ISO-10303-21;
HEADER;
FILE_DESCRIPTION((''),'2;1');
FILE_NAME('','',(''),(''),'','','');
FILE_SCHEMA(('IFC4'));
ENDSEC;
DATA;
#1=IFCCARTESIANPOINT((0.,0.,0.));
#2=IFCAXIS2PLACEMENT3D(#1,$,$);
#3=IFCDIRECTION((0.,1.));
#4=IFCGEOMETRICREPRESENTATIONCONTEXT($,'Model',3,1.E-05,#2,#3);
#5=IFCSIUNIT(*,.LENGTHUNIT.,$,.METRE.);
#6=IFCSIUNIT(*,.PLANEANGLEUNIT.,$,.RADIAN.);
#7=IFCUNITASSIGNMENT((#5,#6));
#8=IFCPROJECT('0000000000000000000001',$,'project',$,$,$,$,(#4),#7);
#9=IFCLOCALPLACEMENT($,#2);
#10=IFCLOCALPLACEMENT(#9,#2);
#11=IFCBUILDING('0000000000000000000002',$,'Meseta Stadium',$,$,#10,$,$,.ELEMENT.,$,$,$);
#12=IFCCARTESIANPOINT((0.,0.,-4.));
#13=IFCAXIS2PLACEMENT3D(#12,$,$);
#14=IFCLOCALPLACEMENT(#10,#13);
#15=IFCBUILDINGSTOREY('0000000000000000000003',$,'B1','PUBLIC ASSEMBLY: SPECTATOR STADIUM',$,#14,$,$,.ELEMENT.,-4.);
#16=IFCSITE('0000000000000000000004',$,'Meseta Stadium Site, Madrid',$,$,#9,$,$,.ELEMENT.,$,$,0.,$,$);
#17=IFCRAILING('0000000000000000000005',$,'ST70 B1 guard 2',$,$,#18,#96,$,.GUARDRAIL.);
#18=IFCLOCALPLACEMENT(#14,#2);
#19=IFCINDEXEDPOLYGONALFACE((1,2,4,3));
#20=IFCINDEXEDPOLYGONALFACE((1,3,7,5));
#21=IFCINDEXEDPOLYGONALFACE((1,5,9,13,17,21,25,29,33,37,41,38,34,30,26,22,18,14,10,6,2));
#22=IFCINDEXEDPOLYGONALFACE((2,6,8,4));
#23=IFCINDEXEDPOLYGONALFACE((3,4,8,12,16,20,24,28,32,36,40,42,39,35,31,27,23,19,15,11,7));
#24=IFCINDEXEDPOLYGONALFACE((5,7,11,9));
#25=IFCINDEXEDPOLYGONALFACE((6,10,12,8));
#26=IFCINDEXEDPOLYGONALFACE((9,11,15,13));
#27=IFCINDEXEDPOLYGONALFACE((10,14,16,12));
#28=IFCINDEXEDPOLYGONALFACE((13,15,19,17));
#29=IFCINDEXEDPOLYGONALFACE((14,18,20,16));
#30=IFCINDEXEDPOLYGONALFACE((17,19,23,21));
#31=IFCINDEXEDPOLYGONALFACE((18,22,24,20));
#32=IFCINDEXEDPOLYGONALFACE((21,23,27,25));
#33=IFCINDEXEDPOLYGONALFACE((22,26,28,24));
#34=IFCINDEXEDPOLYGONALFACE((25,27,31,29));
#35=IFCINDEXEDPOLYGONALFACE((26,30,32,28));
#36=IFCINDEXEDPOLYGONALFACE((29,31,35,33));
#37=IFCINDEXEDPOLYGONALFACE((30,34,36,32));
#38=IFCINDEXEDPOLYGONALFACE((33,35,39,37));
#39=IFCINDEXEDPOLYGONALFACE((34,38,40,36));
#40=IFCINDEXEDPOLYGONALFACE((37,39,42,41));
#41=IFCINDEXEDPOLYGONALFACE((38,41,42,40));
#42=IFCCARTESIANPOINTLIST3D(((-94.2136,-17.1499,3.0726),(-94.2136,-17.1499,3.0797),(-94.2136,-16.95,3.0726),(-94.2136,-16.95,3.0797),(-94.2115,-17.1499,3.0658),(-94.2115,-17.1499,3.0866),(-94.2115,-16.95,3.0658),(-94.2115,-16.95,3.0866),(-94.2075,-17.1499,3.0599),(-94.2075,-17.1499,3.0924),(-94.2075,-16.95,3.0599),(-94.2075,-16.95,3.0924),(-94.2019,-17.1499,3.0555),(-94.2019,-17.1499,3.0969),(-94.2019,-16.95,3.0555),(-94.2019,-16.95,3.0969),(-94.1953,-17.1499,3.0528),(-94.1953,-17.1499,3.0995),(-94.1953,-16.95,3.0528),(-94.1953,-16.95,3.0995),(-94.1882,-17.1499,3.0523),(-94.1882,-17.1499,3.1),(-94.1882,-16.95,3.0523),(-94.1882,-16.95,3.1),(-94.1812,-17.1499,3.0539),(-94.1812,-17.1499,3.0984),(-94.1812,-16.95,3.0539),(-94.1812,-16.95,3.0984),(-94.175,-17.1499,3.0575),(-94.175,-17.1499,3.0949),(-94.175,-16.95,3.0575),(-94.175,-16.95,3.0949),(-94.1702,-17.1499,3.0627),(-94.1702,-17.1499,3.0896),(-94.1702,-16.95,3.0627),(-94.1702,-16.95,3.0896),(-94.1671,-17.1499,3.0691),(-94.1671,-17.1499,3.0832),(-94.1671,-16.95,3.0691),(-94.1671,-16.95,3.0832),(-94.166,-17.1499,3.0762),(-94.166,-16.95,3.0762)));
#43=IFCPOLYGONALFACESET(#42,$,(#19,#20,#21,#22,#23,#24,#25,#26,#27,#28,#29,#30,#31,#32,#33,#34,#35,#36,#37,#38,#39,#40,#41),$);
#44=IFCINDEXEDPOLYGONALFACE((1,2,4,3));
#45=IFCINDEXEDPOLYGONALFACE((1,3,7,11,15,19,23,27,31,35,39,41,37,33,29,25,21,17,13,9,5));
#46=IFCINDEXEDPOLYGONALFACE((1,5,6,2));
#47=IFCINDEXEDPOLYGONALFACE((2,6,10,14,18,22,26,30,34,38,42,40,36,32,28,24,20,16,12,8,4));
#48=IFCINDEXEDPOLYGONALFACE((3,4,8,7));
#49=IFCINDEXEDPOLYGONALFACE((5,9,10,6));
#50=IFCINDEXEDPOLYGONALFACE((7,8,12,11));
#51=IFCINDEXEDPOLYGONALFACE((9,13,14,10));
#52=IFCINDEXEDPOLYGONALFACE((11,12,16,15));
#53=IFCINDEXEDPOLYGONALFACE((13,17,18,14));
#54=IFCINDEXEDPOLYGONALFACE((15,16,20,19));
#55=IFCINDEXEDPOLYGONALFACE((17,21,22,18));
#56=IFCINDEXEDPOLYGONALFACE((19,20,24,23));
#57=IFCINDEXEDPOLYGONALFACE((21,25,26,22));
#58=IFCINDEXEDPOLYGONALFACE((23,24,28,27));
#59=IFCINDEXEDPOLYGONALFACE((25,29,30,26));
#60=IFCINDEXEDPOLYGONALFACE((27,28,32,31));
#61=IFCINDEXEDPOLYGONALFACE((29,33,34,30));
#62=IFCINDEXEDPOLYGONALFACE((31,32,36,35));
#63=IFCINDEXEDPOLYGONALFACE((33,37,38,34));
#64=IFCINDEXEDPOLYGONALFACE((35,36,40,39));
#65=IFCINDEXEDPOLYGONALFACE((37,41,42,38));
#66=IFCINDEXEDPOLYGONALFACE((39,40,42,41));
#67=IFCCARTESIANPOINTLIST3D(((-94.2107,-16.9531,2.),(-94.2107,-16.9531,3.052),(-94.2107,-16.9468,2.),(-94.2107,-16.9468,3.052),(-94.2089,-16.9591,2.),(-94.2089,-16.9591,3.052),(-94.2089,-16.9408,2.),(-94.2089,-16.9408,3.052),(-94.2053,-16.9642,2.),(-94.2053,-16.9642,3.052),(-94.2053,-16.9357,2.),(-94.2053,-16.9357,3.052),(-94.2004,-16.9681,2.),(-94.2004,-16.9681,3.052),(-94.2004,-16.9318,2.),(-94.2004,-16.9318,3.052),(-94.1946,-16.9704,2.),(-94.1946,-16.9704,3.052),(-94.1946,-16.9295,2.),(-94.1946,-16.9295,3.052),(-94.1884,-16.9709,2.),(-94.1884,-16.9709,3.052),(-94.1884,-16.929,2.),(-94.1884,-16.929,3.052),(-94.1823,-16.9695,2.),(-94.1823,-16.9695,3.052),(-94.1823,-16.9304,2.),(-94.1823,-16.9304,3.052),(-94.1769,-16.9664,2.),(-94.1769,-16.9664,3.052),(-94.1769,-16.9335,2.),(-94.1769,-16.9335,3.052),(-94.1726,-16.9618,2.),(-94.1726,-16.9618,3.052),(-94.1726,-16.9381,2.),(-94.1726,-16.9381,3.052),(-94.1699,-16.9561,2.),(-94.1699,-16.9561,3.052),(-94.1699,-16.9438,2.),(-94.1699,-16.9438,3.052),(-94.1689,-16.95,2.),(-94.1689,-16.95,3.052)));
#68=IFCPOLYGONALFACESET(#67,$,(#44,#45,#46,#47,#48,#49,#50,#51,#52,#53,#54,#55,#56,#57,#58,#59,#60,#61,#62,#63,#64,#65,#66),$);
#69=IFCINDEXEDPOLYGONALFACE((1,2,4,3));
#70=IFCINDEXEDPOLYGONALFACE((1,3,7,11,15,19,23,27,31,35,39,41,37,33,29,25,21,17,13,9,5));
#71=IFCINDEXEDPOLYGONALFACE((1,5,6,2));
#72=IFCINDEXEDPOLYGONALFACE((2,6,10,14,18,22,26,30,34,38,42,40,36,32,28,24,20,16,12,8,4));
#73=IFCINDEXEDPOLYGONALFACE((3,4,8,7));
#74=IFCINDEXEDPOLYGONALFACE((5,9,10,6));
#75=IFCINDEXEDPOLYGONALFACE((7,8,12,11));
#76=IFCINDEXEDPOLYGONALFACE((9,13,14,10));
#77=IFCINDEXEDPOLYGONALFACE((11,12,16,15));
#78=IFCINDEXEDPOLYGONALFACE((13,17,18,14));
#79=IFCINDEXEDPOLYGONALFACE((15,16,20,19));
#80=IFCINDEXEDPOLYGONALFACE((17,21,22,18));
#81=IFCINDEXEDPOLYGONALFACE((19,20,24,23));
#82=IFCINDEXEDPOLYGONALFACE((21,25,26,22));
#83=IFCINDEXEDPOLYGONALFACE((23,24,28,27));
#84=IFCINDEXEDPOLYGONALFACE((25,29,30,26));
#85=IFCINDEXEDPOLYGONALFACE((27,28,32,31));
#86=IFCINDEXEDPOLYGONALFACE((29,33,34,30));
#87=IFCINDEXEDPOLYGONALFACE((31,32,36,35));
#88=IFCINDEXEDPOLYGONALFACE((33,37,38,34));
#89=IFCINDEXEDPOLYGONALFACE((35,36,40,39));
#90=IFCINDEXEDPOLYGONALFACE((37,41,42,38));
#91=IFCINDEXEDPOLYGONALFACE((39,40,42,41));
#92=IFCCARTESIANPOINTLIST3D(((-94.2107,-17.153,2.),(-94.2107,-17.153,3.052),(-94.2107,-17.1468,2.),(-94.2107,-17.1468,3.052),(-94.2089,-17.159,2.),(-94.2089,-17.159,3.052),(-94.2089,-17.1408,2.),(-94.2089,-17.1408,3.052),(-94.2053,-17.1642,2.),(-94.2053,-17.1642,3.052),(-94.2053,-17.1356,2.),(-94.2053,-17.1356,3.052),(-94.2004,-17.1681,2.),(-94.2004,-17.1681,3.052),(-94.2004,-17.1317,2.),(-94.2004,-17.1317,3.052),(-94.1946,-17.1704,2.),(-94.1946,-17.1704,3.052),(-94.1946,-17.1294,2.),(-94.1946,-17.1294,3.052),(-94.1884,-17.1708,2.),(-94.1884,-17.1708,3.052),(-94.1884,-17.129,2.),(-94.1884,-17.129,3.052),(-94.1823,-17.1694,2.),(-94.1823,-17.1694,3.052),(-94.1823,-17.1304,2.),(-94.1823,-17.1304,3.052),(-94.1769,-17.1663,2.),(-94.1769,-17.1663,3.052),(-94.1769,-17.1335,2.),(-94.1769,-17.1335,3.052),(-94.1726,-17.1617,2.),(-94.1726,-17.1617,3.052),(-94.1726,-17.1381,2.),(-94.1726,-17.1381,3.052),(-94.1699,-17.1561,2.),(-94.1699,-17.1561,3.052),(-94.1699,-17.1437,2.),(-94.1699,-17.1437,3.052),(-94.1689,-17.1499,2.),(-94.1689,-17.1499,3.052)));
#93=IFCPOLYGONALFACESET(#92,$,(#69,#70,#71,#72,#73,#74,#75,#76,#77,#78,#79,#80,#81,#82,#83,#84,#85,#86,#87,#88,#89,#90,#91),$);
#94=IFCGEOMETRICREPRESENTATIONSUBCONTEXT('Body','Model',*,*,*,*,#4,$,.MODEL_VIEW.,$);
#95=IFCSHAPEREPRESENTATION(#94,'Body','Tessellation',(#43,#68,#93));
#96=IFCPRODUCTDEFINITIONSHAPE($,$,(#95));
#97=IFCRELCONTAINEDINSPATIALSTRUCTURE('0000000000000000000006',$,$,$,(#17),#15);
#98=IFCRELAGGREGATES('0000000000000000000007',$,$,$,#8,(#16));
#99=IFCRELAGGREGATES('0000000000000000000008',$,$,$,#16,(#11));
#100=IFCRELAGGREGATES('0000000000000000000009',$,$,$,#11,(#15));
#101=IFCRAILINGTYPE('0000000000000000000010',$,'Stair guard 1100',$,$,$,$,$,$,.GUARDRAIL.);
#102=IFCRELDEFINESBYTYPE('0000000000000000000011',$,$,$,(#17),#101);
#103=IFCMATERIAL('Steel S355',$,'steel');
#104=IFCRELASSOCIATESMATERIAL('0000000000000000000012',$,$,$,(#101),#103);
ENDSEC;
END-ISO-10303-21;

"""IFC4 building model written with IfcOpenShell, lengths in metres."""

from ifc_helpers import new_model, si_unit, direction, frame, origin, origin_2d, place, context, subcontext, project, spatial, circle, extrude, material, type_object, element, save


model = new_model("IFC4")

# Units and contexts
model_context = context("Model", 3, precision=1e-05, world=origin(), true_north=direction((0.0, 1.0)))
body_context = subcontext(model_context, "Body", "Model", "MODEL_VIEW")
ifc_project = project(units=[si_unit("LENGTHUNIT", "METRE"), si_unit("PLANEANGLEUNIT", "RADIAN")], contexts=[model_context])

# Site, building, storey
site_placement = place(None, origin())
site = spatial("IfcSite", under=ifc_project, at=site_placement, Name="Meseta Stadium Site, Madrid", CompositionType="ELEMENT", RefElevation=0.0)
building_placement = place(site_placement, origin())
building = spatial("IfcBuilding", under=site, at=building_placement, Name="Meseta Stadium", CompositionType="ELEMENT")
storey_placement = place(building_placement, frame((0.0, 0.0, -4.0)))
storey = spatial("IfcBuildingStorey", under=building, at=storey_placement, Name="B1", Description="PUBLIC ASSEMBLY: SPECTATOR STADIUM", CompositionType="ELEMENT", Elevation=-4.0)

# Railing
ifc_material_1 = material(Name="Steel S355", Category="steel")
railing_type_1 = type_object("IfcRailingType", Name="Stair guard 1100", PredefinedType="GUARDRAIL", material=ifc_material_1)
railing_1_placement = place(storey_placement, frame((-94.1899, -16.95, 2.0)))
element("IfcRailing", 1, at=railing_1_placement, inside=storey, type_object=railing_type_1, Name="ST70 B1 guard 2", PredefinedType="GUARDRAIL", context=body_context, shape_type="SweptSolid", body=[
    extrude(circle(Radius=0.0239, at=origin_2d()), frame((0.0, 0.0, 1.0762), z_axis=(0.0, -1.0, 0.0), x_axis=(1.0, 0.0, 0.0)), (0.0, 0.0, 1.0), 0.2),
    extrude(circle(Radius=0.021, at=origin_2d()), origin(), (0.0, 0.0, 1.0), 1.052),
    extrude(circle(Radius=0.021, at=origin_2d()), frame((0.0, -0.2, 0.0)), (0.0, 0.0, 1.0), 1.052),
])

save(model, "model.ifc")
